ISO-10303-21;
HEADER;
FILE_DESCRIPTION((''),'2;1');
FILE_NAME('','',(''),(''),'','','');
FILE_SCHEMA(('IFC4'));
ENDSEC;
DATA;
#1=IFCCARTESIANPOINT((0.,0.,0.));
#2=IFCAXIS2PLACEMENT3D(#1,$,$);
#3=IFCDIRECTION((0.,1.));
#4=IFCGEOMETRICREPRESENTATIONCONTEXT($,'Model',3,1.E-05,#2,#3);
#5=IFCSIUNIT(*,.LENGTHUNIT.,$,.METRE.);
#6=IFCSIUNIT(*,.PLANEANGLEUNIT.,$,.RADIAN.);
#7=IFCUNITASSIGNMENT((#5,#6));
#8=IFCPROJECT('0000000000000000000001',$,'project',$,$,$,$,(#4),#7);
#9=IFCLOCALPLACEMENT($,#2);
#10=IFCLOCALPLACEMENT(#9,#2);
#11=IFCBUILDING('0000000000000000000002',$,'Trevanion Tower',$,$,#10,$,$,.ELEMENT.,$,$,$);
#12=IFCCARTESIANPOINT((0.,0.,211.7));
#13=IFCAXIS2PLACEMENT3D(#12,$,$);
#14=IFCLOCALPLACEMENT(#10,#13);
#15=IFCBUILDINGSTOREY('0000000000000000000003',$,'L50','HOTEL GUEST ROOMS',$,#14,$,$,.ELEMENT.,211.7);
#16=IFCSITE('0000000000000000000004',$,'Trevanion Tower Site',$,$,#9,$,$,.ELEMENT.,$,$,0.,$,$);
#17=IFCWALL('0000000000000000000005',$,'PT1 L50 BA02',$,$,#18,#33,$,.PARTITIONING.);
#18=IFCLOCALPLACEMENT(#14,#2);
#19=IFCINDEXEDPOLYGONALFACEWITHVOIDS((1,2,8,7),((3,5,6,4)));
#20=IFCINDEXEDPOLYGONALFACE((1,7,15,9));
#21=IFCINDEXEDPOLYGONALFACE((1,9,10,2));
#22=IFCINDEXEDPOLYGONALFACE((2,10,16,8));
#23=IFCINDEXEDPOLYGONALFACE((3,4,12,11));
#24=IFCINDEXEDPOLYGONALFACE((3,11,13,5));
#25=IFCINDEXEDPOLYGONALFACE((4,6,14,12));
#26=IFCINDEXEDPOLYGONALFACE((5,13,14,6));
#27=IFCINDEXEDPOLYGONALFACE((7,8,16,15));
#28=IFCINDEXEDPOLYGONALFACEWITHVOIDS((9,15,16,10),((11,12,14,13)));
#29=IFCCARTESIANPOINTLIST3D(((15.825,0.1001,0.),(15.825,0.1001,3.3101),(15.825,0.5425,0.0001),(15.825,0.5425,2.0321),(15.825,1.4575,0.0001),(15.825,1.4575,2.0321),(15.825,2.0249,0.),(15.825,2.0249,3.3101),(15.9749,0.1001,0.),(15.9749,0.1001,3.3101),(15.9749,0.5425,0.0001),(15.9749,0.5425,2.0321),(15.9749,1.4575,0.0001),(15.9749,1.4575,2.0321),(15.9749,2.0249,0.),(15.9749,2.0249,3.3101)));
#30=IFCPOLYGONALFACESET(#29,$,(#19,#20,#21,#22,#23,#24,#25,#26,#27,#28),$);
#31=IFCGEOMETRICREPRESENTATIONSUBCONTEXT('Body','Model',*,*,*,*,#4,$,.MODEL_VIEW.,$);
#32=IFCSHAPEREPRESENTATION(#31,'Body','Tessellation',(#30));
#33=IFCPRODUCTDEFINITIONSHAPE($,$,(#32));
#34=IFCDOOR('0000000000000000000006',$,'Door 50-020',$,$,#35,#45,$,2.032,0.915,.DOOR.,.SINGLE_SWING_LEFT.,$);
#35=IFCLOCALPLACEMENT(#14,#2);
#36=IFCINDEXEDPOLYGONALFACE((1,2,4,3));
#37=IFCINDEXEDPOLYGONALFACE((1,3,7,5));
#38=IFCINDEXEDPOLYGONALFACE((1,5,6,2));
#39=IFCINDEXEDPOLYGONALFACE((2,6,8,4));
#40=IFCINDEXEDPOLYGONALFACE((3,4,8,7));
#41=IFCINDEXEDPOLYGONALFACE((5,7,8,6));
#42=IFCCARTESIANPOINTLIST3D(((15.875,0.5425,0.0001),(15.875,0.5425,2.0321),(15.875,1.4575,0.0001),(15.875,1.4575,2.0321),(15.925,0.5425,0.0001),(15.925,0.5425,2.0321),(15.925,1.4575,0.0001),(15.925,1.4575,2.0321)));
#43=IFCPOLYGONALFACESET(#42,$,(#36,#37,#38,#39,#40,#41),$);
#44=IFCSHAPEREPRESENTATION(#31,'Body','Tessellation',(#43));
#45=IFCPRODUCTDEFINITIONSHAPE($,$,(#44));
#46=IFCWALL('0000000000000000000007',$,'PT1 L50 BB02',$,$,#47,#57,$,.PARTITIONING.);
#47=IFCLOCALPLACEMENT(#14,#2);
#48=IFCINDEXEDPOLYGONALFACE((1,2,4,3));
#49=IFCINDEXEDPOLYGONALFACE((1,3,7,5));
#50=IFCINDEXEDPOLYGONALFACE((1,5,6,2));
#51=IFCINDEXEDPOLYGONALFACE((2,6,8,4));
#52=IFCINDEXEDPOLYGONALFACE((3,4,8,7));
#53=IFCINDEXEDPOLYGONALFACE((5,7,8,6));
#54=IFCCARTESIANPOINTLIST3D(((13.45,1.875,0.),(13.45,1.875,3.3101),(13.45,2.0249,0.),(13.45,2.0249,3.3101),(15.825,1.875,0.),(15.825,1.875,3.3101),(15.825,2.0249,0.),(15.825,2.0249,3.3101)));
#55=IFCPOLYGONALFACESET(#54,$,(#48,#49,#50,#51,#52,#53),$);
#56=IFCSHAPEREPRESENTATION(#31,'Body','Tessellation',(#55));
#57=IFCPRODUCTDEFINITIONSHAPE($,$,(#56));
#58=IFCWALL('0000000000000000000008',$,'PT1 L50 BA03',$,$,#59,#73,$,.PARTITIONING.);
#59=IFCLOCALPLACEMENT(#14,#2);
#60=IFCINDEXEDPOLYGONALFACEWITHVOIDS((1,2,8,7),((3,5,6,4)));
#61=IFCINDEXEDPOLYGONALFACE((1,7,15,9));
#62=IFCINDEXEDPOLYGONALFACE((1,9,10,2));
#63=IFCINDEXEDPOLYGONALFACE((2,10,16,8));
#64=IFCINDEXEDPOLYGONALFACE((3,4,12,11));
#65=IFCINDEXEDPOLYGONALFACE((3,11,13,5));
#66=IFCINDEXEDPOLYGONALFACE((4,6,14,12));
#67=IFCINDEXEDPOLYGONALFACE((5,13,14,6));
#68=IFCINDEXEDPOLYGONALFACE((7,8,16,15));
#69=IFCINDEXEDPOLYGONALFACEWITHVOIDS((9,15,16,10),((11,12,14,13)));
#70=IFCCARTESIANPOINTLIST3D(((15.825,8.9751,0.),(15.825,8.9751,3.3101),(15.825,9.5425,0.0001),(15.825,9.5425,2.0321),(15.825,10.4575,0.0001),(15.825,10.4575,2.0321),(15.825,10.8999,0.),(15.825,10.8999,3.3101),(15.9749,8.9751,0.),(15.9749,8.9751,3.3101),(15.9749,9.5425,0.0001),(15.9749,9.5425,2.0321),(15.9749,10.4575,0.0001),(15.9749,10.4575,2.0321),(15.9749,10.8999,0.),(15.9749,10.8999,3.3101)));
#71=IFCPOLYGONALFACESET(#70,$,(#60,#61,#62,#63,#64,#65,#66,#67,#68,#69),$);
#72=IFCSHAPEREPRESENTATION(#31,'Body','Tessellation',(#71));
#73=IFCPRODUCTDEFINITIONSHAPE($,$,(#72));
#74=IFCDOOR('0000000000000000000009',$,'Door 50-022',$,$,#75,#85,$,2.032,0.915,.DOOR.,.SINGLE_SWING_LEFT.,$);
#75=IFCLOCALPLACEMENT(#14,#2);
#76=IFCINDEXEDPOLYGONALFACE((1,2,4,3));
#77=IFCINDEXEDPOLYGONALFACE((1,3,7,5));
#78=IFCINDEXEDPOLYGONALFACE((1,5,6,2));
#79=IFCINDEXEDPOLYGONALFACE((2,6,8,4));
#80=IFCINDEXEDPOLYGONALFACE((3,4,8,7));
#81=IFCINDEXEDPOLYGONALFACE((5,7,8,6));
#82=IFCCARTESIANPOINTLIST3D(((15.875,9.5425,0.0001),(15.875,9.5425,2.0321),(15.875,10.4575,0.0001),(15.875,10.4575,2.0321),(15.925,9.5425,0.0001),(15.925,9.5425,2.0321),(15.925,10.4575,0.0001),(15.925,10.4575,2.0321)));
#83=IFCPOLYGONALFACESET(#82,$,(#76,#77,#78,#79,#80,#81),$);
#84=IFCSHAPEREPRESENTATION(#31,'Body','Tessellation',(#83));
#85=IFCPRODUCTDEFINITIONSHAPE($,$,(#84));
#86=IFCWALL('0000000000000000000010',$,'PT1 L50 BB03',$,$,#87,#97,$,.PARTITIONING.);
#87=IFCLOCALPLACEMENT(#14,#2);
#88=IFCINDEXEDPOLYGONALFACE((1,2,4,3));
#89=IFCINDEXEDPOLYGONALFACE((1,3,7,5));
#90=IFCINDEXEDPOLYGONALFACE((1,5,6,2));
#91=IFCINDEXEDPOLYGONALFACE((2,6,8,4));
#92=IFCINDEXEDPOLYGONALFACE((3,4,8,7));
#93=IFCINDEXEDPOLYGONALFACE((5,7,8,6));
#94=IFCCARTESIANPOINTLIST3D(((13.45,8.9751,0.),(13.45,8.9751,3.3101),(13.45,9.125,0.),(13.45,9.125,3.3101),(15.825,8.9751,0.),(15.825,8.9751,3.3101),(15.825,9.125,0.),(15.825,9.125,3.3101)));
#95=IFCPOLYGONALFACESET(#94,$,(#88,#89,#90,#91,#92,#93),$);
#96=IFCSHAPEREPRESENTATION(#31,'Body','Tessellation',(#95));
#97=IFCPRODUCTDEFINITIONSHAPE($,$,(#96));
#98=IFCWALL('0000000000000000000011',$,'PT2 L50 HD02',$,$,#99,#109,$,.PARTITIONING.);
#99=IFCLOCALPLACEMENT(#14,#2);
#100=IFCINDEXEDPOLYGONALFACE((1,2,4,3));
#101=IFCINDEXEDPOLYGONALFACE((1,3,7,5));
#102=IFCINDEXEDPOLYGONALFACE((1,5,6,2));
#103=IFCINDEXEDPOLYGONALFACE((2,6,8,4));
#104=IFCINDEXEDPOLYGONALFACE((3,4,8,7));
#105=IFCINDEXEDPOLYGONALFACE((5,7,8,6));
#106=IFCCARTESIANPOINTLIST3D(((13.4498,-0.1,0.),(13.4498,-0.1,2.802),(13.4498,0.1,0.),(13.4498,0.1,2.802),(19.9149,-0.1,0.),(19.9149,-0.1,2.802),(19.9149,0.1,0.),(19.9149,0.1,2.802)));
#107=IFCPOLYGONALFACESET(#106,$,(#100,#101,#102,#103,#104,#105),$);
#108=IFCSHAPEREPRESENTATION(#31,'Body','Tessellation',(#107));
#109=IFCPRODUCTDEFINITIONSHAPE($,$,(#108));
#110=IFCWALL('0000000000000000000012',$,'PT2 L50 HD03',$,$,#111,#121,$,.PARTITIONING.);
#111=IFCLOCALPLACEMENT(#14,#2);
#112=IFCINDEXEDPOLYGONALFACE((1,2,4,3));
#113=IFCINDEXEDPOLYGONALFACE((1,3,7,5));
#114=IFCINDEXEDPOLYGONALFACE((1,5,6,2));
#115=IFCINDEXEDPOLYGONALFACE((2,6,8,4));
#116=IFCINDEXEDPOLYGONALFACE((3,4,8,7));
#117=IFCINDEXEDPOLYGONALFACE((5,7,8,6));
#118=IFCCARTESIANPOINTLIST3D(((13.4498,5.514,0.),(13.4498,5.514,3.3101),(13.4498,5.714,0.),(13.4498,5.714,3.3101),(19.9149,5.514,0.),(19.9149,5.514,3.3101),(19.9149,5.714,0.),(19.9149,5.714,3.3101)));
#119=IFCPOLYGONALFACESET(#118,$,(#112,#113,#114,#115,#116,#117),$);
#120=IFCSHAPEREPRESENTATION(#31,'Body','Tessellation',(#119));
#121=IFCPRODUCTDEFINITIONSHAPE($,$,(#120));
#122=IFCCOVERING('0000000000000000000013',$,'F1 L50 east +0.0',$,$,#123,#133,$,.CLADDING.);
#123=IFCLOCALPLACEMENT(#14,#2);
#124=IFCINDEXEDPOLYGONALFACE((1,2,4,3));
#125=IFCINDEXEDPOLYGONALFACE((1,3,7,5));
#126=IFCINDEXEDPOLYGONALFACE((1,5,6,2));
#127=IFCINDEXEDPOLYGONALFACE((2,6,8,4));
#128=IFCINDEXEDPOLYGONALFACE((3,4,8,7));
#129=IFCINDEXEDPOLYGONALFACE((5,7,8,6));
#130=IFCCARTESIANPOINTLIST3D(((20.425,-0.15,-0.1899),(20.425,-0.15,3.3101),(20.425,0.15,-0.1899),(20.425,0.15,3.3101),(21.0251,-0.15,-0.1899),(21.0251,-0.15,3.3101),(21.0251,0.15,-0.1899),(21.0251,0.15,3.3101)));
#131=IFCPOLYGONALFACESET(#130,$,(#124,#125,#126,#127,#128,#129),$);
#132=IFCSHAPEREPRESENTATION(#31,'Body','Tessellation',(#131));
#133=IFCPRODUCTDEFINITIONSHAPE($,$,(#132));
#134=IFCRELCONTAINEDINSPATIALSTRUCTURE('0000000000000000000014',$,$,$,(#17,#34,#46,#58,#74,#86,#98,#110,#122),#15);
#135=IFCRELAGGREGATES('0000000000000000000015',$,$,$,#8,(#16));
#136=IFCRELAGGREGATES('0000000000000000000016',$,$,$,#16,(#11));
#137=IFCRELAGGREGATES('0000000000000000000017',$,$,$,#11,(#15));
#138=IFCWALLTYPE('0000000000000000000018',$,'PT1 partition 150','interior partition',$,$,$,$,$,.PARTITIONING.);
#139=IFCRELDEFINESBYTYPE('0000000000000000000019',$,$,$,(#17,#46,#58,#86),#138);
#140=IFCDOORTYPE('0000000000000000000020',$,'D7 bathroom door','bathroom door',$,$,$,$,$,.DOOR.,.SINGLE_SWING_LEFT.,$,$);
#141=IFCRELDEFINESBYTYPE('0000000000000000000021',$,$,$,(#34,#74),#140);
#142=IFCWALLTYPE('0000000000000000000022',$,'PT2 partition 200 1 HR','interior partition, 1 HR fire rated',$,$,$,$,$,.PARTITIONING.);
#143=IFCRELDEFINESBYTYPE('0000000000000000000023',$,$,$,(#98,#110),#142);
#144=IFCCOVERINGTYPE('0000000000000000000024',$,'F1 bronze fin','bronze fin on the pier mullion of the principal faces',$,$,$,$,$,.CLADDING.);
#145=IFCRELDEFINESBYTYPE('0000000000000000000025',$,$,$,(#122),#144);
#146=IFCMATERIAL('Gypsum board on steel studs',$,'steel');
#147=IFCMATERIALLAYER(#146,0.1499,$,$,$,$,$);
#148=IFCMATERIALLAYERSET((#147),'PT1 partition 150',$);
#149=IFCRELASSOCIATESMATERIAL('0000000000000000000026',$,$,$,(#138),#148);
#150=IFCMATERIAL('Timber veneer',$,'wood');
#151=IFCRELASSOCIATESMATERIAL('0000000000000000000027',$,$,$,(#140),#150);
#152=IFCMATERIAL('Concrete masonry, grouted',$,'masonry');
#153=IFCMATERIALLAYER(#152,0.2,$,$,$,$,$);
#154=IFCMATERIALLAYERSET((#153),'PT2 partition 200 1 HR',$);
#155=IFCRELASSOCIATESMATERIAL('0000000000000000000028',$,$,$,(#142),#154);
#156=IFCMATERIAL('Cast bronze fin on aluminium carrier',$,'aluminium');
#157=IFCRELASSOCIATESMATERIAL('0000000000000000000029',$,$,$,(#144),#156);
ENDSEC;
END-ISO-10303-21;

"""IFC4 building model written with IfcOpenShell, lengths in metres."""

from ifc_helpers import new_model, si_unit, direction, frame, frame_2d, origin, origin_2d, place, context, subcontext, project, spatial, rectangle, extrude, material, layer, layer_set, type_object, element, fill, save


model = new_model("IFC4")

# Units and contexts
model_context = context("Model", 3, precision=1e-05, world=origin(), true_north=direction((0.0, 1.0)))
body_context = subcontext(model_context, "Body", "Model", "MODEL_VIEW")
ifc_project = project(units=[si_unit("LENGTHUNIT", "METRE"), si_unit("PLANEANGLEUNIT", "RADIAN")], contexts=[model_context])

# Site, building, storey
site_placement = place(None, origin())
site = spatial("IfcSite", under=ifc_project, at=site_placement, Name="Trevanion Tower Site", CompositionType="ELEMENT", RefElevation=0.0)
building_placement = place(site_placement, origin())
building = spatial("IfcBuilding", under=site, at=building_placement, Name="Trevanion Tower", CompositionType="ELEMENT")
storey_placement = place(building_placement, frame((0.0, 0.0, 211.7)))
storey = spatial("IfcBuildingStorey", under=building, at=storey_placement, Name="L50", Description="HOTEL GUEST ROOMS", CompositionType="ELEMENT", Elevation=211.7)

# Wall, opening, door
ifc_material_1 = material(Name="Gypsum board on steel studs", Category="steel")
ifc_layer_1 = layer(ifc_material_1, 0.1499)
ifc_layer_set_1 = layer_set([ifc_layer_1], Name="PT1 partition 150")
wall_type_1 = type_object("IfcWallType", Name="PT1 partition 150", Description="interior partition", PredefinedType="PARTITIONING", material=ifc_layer_set_1)
wall_1_placement = place(storey_placement, frame((15.8999, 0.1001, 0.0), z_axis=(0.0, 0.0, 1.0), x_axis=(0.0, 1.0, 0.0)))
wall_1 = element("IfcWall", 1, at=wall_1_placement, inside=storey, type_object=wall_type_1, Name="PT1 L50 BA02", PredefinedType="PARTITIONING", context=body_context, shape_type="SweptSolid", body=[
    extrude(rectangle(XDim=1.9248, YDim=0.1499, at=frame_2d((0.9624, 0.0))), origin(), (0.0, 0.0, 1.0), 3.3101),
])
opening_1_placement = place(wall_1_placement, frame((0.4424, 0.0, 0.0)))
opening_1 = element("IfcOpeningElement", 2, at=opening_1_placement, cuts=wall_1, PredefinedType="OPENING", context=body_context, shape_type="SweptSolid", body=[
    extrude(rectangle(XDim=0.915, YDim=2.032, at=frame_2d((0.4575, 1.0161))), frame((0.0, 0.085, 0.0), z_axis=(0.0, -1.0, 0.0), x_axis=(1.0, 0.0, 0.0)), (0.0, 0.0, 1.0), 0.1699),
])
ifc_material_2 = material(Name="Timber veneer", Category="wood")
door_type = type_object("IfcDoorType", Name="D7 bathroom door", Description="bathroom door", OperationType="SINGLE_SWING_LEFT", PredefinedType="DOOR", material=ifc_material_2)
door_1_placement = place(opening_1_placement, origin())
door_1 = element("IfcDoor", 3, at=door_1_placement, inside=storey, type_object=door_type, Name="Door 50-020", OperationType="SINGLE_SWING_LEFT", OverallHeight=2.032, OverallWidth=0.915, PredefinedType="DOOR", context=body_context, shape_type="SweptSolid", body=[
    extrude(rectangle(XDim=0.915, YDim=2.032, at=frame_2d((0.4575, 1.0161))), frame((0.0, 0.0249, 0.0), z_axis=(0.0, -1.0, 0.0), x_axis=(1.0, 0.0, 0.0)), (0.0, 0.0, 1.0), 0.05),
])
fill(opening_1, door_1)

# Wall
wall_2_placement = place(storey_placement, frame((13.45, 1.95, 0.0), z_axis=(0.0, 0.0, 1.0), x_axis=(1.0, 0.0, 0.0)))
element("IfcWall", 4, at=wall_2_placement, inside=storey, type_object=wall_type_1, Name="PT1 L50 BB02", PredefinedType="PARTITIONING", context=body_context, shape_type="SweptSolid", body=[
    extrude(rectangle(XDim=2.375, YDim=0.1499, at=frame_2d((1.1875, 0.0))), origin(), (0.0, 0.0, 1.0), 3.3101),
])

# Wall, opening, door
wall_3_placement = place(storey_placement, frame((15.8999, 8.9751, 0.0), z_axis=(0.0, 0.0, 1.0), x_axis=(0.0, 1.0, 0.0)))
wall_3 = element("IfcWall", 5, at=wall_3_placement, inside=storey, type_object=wall_type_1, Name="PT1 L50 BA03", PredefinedType="PARTITIONING", context=body_context, shape_type="SweptSolid", body=[
    extrude(rectangle(XDim=1.9248, YDim=0.1499, at=frame_2d((0.9624, 0.0))), origin(), (0.0, 0.0, 1.0), 3.3101),
])
opening_2_placement = place(wall_3_placement, frame((0.5674, 0.0, 0.0)))
opening_2 = element("IfcOpeningElement", 6, at=opening_2_placement, cuts=wall_3, PredefinedType="OPENING", context=body_context, shape_type="SweptSolid", body=[
    extrude(rectangle(XDim=0.915, YDim=2.032, at=frame_2d((0.4575, 1.0161))), frame((0.0, 0.085, 0.0), z_axis=(0.0, -1.0, 0.0), x_axis=(1.0, 0.0, 0.0)), (0.0, 0.0, 1.0), 0.1699),
])
door_2_placement = place(opening_2_placement, origin())
door_2 = element("IfcDoor", 7, at=door_2_placement, inside=storey, type_object=door_type, Name="Door 50-022", OperationType="SINGLE_SWING_LEFT", OverallHeight=2.032, OverallWidth=0.915, PredefinedType="DOOR", context=body_context, shape_type="SweptSolid", body=[
    extrude(rectangle(XDim=0.915, YDim=2.032, at=frame_2d((0.4575, 1.0161))), frame((0.0, 0.0249, 0.0), z_axis=(0.0, -1.0, 0.0), x_axis=(1.0, 0.0, 0.0)), (0.0, 0.0, 1.0), 0.05),
])
fill(opening_2, door_2)

# Walls
wall_4_placement = place(storey_placement, frame((13.45, 9.05, 0.0), z_axis=(0.0, 0.0, 1.0), x_axis=(1.0, 0.0, 0.0)))
element("IfcWall", 8, at=wall_4_placement, inside=storey, type_object=wall_type_1, Name="PT1 L50 BB03", PredefinedType="PARTITIONING", context=body_context, shape_type="SweptSolid", body=[
    extrude(rectangle(XDim=2.375, YDim=0.1499, at=frame_2d((1.1875, 0.0))), origin(), (0.0, 0.0, 1.0), 3.3101),
])
ifc_material_3 = material(Name="Concrete masonry, grouted", Category="masonry")
ifc_layer_2 = layer(ifc_material_3, 0.2)
ifc_layer_set_2 = layer_set([ifc_layer_2], Name="PT2 partition 200 1 HR")
wall_type_2 = type_object("IfcWallType", Name="PT2 partition 200 1 HR", Description="interior partition, 1 HR fire rated", PredefinedType="PARTITIONING", material=ifc_layer_set_2)
wall_5_placement = place(storey_placement, frame((13.45, 0.0, 0.0), z_axis=(0.0, 0.0, 1.0), x_axis=(1.0, 0.0, 0.0)))
element("IfcWall", 9, at=wall_5_placement, inside=storey, type_object=wall_type_2, Name="PT2 L50 HD02", PredefinedType="PARTITIONING", context=body_context, shape_type="SweptSolid", body=[
    extrude(rectangle(XDim=6.4651, YDim=0.2, at=frame_2d((3.2324, 0.0))), origin(), (0.0, 0.0, 1.0), 2.802),
])
wall_6_placement = place(storey_placement, frame((13.45, 5.614, 0.0), z_axis=(0.0, 0.0, 1.0), x_axis=(1.0, 0.0, 0.0)))
element("IfcWall", 10, at=wall_6_placement, inside=storey, type_object=wall_type_2, Name="PT2 L50 HD03", PredefinedType="PARTITIONING", context=body_context, shape_type="SweptSolid", body=[
    extrude(rectangle(XDim=6.4651, YDim=0.2, at=frame_2d((3.2324, 0.0))), origin(), (0.0, 0.0, 1.0), 3.3101),
])

# Covering
ifc_material_4 = material(Name="Cast bronze fin on aluminium carrier", Category="aluminium")
covering_type = type_object("IfcCoveringType", Name="F1 bronze fin", Description="bronze fin on the pier mullion of the principal faces", PredefinedType="CLADDING", material=ifc_material_4)
covering_placement = place(storey_placement, frame((20.7251, 0.0, -0.1899), z_axis=(0.0, 0.0, 1.0), x_axis=(0.0, 1.0, 0.0)))
element("IfcCovering", 11, at=covering_placement, inside=storey, type_object=covering_type, Name="F1 L50 east +0.0", PredefinedType="CLADDING", context=body_context, shape_type="SweptSolid", body=[
    extrude(rectangle(XDim=0.3, YDim=0.6001, at=origin_2d()), origin(), (0.0, 0.0, 1.0), 3.5),
])

save(model, "model.ifc")
